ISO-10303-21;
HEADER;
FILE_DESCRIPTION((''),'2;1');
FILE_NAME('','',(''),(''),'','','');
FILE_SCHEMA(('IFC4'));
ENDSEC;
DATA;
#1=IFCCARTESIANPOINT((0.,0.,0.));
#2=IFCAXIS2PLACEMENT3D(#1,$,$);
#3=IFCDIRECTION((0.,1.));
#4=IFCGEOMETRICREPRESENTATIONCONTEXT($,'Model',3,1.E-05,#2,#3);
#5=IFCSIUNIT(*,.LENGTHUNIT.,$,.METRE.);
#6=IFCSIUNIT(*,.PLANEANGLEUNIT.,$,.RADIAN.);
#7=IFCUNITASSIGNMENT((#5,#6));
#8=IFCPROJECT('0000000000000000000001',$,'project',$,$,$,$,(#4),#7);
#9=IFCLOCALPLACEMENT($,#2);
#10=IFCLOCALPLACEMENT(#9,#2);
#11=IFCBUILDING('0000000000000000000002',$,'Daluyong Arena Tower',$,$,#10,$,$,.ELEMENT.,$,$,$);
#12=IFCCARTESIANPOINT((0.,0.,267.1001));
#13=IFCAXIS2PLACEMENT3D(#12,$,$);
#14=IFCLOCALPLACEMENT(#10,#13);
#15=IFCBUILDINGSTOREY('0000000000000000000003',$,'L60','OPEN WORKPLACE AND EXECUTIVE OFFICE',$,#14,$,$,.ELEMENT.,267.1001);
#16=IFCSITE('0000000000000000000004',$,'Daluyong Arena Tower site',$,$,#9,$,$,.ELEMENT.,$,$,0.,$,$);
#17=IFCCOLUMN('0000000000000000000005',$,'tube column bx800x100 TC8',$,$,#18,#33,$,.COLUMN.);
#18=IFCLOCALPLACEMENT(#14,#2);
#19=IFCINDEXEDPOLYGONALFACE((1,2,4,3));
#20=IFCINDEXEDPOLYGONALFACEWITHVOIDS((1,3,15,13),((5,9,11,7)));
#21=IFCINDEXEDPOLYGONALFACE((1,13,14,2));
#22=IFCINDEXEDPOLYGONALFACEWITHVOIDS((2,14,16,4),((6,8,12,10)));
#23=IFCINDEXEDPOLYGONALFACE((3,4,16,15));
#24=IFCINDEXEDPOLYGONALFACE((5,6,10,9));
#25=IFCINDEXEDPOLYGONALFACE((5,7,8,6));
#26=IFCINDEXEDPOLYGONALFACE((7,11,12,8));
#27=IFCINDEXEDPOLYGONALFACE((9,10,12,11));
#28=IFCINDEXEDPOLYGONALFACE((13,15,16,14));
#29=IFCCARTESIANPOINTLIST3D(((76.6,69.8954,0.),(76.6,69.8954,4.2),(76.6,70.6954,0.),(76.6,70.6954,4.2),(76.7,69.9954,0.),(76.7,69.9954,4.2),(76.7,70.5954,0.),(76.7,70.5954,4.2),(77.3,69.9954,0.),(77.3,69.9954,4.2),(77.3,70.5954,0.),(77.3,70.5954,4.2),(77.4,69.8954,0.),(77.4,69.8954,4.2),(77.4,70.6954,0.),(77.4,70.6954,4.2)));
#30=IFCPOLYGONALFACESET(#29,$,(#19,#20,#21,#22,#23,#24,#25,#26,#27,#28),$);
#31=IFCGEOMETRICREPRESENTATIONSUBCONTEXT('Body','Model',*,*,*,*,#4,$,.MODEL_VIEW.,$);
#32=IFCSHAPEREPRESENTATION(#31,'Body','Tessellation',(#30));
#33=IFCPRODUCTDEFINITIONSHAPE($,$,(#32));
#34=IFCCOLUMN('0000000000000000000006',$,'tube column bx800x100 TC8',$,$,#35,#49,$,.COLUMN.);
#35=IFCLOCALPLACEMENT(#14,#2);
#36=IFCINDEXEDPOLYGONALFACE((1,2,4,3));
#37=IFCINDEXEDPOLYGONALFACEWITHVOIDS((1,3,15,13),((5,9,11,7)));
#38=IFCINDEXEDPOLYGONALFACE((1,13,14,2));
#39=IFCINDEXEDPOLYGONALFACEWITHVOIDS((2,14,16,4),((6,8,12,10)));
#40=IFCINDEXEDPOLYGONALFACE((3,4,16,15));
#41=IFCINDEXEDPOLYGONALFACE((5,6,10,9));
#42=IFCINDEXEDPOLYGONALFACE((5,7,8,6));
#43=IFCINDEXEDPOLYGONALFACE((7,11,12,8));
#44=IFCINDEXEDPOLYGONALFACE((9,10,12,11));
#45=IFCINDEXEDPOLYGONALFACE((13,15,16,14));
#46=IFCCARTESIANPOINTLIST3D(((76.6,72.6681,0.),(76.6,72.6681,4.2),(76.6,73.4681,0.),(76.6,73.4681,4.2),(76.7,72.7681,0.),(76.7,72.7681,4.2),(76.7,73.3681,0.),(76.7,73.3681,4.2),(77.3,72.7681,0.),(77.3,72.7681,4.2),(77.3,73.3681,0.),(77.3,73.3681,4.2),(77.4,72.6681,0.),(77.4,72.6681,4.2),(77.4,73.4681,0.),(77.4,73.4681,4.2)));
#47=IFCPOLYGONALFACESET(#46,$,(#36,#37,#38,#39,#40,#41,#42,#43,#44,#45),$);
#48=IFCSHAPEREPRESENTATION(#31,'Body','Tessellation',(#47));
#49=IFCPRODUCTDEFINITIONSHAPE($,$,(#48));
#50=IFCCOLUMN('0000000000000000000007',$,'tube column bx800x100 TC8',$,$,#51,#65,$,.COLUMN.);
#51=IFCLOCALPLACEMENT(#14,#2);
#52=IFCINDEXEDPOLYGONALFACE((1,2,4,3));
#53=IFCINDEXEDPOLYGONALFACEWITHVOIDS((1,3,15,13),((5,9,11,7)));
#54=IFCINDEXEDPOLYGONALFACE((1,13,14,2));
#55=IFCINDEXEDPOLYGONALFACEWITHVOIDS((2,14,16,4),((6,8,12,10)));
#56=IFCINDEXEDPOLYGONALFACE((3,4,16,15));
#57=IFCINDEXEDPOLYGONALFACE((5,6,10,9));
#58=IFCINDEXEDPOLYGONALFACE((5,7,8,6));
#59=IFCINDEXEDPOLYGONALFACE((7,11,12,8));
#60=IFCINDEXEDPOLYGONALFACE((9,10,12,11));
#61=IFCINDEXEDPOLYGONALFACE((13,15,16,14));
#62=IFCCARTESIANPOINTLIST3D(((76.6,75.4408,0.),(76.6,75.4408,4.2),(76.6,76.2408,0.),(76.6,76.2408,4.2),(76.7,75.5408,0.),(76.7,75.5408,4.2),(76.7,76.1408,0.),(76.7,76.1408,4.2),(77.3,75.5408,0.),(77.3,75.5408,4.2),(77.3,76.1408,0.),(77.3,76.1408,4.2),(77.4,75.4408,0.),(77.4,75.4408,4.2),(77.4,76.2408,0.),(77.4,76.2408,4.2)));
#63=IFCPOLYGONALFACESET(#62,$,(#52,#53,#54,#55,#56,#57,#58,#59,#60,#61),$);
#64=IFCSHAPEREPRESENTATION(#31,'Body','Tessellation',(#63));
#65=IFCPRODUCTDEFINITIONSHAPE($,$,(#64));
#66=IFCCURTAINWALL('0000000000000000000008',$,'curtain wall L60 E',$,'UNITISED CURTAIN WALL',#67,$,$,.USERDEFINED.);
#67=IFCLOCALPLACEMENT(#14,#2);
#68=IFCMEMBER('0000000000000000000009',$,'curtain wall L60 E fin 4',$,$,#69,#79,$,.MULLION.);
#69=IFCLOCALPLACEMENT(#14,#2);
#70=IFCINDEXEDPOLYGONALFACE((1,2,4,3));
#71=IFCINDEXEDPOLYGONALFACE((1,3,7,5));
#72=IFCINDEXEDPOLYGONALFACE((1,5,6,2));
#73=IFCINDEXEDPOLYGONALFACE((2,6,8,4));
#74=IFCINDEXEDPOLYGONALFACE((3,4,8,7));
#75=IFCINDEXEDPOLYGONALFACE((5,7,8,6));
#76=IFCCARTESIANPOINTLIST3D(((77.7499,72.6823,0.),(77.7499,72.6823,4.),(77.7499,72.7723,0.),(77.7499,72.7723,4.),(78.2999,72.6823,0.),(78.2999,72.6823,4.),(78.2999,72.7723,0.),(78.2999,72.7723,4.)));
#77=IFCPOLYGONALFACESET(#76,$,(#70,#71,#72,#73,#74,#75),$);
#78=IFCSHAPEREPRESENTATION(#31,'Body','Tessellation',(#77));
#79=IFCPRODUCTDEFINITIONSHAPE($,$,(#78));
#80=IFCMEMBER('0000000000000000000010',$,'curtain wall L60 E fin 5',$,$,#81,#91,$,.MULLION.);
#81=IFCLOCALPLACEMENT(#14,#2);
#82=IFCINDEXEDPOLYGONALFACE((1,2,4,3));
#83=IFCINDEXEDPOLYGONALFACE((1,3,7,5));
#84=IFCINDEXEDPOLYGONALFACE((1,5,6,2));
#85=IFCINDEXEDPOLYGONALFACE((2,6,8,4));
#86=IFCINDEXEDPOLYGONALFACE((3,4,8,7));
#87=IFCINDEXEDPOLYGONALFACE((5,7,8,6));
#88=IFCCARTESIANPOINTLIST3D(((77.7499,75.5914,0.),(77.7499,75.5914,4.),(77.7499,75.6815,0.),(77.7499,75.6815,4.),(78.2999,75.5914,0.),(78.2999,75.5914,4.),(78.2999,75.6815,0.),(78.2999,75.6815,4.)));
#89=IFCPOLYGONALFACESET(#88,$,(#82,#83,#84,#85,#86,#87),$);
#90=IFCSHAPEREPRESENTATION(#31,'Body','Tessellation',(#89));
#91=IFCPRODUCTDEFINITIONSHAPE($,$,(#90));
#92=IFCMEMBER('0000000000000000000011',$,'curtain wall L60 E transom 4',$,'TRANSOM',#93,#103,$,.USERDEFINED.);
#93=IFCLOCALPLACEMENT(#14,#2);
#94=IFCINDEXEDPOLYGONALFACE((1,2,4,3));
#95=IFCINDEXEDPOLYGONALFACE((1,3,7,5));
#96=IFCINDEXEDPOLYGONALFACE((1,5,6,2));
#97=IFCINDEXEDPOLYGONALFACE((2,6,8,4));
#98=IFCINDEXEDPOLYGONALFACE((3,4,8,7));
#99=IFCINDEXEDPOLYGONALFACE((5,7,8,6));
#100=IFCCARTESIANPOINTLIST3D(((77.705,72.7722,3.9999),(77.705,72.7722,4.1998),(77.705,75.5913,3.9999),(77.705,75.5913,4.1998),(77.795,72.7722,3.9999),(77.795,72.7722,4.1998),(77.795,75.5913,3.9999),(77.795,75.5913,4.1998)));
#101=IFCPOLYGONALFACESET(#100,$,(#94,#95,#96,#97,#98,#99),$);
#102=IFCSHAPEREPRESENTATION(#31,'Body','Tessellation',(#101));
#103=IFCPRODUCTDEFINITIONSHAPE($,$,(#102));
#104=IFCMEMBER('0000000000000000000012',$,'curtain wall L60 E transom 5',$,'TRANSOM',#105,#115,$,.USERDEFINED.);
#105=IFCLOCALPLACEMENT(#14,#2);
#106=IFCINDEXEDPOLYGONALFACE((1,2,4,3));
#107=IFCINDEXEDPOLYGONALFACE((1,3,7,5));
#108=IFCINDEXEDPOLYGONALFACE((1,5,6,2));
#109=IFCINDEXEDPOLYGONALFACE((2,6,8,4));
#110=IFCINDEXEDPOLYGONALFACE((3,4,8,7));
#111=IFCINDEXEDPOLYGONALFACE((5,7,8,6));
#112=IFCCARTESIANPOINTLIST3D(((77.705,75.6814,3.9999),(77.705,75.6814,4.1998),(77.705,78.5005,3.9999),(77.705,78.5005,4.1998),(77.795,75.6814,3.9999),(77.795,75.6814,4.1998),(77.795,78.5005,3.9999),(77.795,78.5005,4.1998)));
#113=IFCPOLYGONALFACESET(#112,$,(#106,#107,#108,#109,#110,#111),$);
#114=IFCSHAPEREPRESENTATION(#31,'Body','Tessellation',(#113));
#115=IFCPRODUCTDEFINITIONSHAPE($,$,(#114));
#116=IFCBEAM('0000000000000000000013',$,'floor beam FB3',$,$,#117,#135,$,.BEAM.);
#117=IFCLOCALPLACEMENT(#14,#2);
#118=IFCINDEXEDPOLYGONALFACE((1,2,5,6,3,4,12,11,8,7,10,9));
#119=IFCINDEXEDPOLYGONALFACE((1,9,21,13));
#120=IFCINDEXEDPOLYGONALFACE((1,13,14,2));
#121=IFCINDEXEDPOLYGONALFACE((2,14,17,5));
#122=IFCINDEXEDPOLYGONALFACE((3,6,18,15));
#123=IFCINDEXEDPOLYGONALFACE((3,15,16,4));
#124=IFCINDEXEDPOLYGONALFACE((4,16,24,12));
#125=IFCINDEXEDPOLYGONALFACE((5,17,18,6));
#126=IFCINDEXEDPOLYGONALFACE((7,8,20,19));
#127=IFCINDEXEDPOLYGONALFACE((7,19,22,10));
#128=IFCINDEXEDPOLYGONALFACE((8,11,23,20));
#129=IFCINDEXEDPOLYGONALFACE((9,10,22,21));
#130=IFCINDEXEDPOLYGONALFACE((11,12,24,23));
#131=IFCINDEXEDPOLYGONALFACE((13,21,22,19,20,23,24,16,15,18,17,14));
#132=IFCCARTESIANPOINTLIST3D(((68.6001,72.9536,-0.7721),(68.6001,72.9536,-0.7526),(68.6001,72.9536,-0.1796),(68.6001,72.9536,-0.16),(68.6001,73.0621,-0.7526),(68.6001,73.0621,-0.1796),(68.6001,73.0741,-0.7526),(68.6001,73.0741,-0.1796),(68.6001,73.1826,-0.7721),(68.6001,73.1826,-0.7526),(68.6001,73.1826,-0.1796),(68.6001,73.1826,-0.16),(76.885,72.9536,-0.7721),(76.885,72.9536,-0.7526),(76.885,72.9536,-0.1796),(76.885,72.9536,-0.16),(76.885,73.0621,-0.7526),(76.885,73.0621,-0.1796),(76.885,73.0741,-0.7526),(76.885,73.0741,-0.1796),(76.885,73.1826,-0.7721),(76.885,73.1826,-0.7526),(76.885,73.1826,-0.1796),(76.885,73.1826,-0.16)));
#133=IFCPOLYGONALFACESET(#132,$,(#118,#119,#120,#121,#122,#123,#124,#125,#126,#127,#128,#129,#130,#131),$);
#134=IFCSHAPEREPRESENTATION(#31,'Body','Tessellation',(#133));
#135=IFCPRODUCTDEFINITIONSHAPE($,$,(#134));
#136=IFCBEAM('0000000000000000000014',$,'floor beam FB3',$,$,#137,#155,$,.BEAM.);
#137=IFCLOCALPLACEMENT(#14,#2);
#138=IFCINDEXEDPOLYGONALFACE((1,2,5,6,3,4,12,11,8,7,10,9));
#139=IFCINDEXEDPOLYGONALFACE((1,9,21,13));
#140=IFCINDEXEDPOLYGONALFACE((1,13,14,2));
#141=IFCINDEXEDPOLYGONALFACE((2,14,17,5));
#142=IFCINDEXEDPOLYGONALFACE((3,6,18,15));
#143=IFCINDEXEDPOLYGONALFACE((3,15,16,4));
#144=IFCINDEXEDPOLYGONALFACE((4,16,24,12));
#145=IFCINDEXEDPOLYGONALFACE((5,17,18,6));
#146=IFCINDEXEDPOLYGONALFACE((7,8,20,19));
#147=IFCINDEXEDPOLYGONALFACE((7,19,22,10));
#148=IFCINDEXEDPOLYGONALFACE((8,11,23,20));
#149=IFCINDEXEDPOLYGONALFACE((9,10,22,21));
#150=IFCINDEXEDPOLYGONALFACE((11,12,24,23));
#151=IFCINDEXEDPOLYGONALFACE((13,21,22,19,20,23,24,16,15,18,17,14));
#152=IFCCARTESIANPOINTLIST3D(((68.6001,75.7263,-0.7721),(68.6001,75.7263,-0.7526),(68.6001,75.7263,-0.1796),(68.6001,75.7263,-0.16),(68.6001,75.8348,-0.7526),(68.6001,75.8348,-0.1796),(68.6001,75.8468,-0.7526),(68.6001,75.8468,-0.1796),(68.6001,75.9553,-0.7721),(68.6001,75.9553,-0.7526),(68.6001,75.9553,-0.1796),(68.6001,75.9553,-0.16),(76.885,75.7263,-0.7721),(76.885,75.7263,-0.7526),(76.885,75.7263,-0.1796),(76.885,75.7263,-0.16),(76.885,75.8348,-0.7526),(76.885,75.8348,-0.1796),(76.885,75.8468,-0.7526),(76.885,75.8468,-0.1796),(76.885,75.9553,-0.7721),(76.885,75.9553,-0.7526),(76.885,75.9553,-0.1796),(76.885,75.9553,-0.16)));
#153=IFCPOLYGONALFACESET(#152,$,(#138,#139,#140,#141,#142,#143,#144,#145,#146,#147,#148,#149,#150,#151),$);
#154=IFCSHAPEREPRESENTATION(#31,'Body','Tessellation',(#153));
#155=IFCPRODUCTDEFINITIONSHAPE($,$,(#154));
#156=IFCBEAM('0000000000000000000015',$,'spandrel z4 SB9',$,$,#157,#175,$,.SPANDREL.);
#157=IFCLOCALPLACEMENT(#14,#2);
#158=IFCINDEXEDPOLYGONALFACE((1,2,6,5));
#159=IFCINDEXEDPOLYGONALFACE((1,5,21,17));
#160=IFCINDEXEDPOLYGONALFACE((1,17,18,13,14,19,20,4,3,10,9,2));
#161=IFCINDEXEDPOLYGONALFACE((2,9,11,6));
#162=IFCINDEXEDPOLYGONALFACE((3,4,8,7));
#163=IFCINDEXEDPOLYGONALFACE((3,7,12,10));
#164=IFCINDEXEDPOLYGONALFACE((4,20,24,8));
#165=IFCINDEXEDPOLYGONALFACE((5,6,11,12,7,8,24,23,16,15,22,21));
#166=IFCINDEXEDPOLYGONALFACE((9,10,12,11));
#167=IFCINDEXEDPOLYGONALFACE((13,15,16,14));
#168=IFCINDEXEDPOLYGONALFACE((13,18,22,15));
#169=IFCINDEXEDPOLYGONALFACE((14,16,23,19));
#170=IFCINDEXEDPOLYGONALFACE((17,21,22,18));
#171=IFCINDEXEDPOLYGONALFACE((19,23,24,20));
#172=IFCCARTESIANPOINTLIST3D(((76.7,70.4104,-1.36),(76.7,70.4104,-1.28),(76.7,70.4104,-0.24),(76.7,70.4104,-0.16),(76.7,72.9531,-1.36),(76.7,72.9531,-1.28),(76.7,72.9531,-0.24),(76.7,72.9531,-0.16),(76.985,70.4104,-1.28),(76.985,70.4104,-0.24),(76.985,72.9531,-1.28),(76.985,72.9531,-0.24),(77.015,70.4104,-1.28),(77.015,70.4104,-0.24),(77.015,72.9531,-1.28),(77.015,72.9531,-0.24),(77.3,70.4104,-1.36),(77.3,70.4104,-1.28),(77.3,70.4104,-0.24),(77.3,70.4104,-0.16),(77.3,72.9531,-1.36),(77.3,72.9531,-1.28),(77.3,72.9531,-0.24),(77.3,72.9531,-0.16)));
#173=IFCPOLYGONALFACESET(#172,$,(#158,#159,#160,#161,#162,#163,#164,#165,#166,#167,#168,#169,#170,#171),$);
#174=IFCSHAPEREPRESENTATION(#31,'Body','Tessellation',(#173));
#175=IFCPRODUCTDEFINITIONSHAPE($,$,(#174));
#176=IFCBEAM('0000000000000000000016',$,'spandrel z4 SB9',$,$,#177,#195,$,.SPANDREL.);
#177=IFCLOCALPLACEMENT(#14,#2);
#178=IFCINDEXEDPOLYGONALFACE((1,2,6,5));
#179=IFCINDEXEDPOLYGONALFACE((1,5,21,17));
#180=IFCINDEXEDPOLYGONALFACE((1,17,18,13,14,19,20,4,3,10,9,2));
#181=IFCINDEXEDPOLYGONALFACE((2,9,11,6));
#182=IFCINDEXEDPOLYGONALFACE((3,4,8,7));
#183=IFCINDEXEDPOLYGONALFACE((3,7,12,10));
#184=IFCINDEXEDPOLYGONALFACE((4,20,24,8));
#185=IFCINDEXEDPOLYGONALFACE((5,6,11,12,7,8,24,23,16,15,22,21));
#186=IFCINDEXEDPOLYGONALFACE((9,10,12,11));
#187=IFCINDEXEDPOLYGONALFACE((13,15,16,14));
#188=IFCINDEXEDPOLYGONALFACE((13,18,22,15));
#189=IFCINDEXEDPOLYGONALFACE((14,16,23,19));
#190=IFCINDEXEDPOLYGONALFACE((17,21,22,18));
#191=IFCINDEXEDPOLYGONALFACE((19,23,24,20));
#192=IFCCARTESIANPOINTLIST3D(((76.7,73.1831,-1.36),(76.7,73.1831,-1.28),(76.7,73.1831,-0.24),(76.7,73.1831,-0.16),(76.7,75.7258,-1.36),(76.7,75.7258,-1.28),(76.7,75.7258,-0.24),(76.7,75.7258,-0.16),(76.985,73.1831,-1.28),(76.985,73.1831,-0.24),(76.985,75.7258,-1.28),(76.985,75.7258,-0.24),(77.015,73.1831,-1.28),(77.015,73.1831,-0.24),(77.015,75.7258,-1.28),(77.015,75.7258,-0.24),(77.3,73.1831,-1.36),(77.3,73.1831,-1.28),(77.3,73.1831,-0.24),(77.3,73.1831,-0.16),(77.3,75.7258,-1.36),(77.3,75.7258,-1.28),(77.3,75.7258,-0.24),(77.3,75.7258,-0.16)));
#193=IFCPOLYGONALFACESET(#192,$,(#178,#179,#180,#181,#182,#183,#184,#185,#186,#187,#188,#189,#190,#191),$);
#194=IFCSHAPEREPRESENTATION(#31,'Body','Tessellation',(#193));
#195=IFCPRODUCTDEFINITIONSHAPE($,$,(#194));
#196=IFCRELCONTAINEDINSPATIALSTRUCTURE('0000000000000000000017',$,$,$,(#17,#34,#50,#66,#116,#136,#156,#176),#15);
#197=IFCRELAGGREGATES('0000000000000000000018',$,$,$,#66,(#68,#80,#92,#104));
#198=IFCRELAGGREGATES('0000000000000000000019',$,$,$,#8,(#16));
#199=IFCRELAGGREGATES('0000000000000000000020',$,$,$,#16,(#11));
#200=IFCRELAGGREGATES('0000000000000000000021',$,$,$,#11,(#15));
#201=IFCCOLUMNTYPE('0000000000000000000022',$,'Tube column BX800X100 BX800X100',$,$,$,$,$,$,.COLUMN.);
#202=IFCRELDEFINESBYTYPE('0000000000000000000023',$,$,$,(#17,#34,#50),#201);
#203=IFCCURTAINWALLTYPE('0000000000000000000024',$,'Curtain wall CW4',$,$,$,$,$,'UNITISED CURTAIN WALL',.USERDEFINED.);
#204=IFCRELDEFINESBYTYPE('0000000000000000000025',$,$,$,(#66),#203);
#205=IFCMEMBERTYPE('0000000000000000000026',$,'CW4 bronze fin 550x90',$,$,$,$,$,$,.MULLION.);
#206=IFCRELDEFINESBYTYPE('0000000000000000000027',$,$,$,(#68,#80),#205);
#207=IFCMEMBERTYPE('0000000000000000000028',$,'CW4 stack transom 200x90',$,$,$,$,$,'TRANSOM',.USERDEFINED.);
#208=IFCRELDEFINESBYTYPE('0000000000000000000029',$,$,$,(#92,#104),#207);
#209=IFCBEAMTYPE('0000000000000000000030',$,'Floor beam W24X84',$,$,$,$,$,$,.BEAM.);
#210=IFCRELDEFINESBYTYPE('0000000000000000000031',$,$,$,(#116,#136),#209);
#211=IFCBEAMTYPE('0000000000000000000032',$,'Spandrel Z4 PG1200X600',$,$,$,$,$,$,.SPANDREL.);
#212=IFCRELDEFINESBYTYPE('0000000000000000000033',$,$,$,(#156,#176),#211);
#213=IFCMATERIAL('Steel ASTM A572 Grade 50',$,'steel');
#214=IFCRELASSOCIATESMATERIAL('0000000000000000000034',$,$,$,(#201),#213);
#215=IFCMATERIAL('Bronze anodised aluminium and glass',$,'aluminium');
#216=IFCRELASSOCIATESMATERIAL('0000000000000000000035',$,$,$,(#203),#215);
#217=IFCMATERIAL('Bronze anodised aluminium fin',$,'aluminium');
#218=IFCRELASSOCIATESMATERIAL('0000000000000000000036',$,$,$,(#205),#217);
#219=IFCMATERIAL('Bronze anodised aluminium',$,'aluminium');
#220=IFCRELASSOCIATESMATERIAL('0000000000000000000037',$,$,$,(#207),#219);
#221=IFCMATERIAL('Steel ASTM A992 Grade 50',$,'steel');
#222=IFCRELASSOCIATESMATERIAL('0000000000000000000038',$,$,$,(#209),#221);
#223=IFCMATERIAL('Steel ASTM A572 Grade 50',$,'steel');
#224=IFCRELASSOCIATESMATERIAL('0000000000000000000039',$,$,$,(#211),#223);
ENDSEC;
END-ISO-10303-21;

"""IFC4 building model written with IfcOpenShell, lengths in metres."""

from ifc_helpers import new_model, si_unit, direction, frame, origin, origin_2d, place, context, subcontext, project, spatial, rectangle, hollow_rectangle, i_section, extrude, material, material_profile, profile_set, type_object, element, aggregate, save


model = new_model("IFC4")

# Units and contexts
model_context = context("Model", 3, precision=1e-05, world=origin(), true_north=direction((0.0, 1.0)))
body_context = subcontext(model_context, "Body", "Model", "MODEL_VIEW")
ifc_project = project(units=[si_unit("LENGTHUNIT", "METRE"), si_unit("PLANEANGLEUNIT", "RADIAN")], contexts=[model_context])

# Site, building, storey
site_placement = place(None, origin())
site = spatial("IfcSite", under=ifc_project, at=site_placement, Name="Daluyong Arena Tower site", CompositionType="ELEMENT", RefElevation=0.0)
building_placement = place(site_placement, origin())
building = spatial("IfcBuilding", under=site, at=building_placement, Name="Daluyong Arena Tower", CompositionType="ELEMENT")
storey_placement = place(building_placement, frame((0.0, 0.0, 267.1001)))
storey = spatial("IfcBuildingStorey", under=building, at=storey_placement, Name="L60", Description="OPEN WORKPLACE AND EXECUTIVE OFFICE", CompositionType="ELEMENT", Elevation=267.1001)

# Columns
ifc_material_1 = material(Name="Steel ASTM A572 Grade 50", Category="steel")
ifc_material_profile_1 = material_profile(ifc_material_1, hollow_rectangle(XDim=0.8, YDim=0.8, WallThickness=0.1, at=origin_2d()))
ifc_profile_set_1 = profile_set([ifc_material_profile_1], Name="Steel ASTM A572 Grade 50")
column_type = type_object("IfcColumnType", Name="Tube column BX800X100 BX800X100", PredefinedType="COLUMN", material=ifc_profile_set_1)
for number, where, z_axis, x_axis, name in (
    (1, (77.0, 70.2954, 0.0), (0.0, 0.0, 1.0), (0.0, 1.0, 0.0), "tube column bx800x100 TC8"),
    (2, (77.0, 73.0681, 0.0), (0.0, 0.0, 1.0), (0.0, 1.0, 0.0), "tube column bx800x100 TC8"),
    (3, (77.0, 75.8408, 0.0), (0.0, 0.0, 1.0), (0.0, 1.0, 0.0), "tube column bx800x100 TC8"),
):
    element("IfcColumn", number, at=place(storey_placement, frame(where, z_axis=z_axis, x_axis=x_axis)), inside=storey, type_object=column_type, Name=name, PredefinedType="COLUMN", context=body_context, shape_type="SweptSolid", body=[
        extrude(hollow_rectangle(XDim=0.8, YDim=0.8, WallThickness=0.1, at=origin_2d()), origin(), (0.0, 0.0, 1.0), 4.2),
    ])

# Curtain wall, members
ifc_material_2 = material(Name="Bronze anodised aluminium and glass", Category="aluminium")
curtain_wall_type = type_object("IfcCurtainWallType", Name="Curtain wall CW4", ElementType="UNITISED CURTAIN WALL", PredefinedType="USERDEFINED", material=ifc_material_2)
curtain_wall_placement = place(storey_placement, origin())
curtain_wall = element("IfcCurtainWall", 4, at=curtain_wall_placement, inside=storey, type_object=curtain_wall_type, Name="curtain wall L60 E", ObjectType="UNITISED CURTAIN WALL", PredefinedType="USERDEFINED")
ifc_material_3 = material(Name="Bronze anodised aluminium fin", Category="aluminium")
ifc_material_profile_2 = material_profile(ifc_material_3, rectangle(XDim=0.55, YDim=0.0901, at=origin_2d()))
ifc_profile_set_2 = profile_set([ifc_material_profile_2], Name="Bronze anodised aluminium fin")
member_type_1 = type_object("IfcMemberType", Name="CW4 bronze fin 550x90", PredefinedType="MULLION", material=ifc_profile_set_2)
member_1_placement = place(storey_placement, frame((78.0249, 72.7273, 0.0), z_axis=(0.0, 0.0, 1.0), x_axis=(-1.0, 0.0, 0.0)))
member_1 = element("IfcMember", 5, at=member_1_placement, type_object=member_type_1, Name="curtain wall L60 E fin 4", PredefinedType="MULLION", context=body_context, shape_type="SweptSolid", body=[
    extrude(rectangle(XDim=0.55, YDim=0.0901, at=origin_2d()), origin(), (0.0, 0.0, 1.0), 4.0),
])
member_2_placement = place(storey_placement, frame((78.0249, 75.6365, 0.0), z_axis=(0.0, 0.0, 1.0), x_axis=(-1.0, 0.0, 0.0)))
member_2 = element("IfcMember", 6, at=member_2_placement, type_object=member_type_1, Name="curtain wall L60 E fin 5", PredefinedType="MULLION", context=body_context, shape_type="SweptSolid", body=[
    extrude(rectangle(XDim=0.55, YDim=0.0901, at=origin_2d()), origin(), (0.0, 0.0, 1.0), 4.0),
])
ifc_material_4 = material(Name="Bronze anodised aluminium", Category="aluminium")
ifc_material_profile_3 = material_profile(ifc_material_4, rectangle(XDim=0.0901, YDim=0.2, at=origin_2d()))
ifc_profile_set_3 = profile_set([ifc_material_profile_3], Name="Bronze anodised aluminium")
member_type_2 = type_object("IfcMemberType", Name="CW4 stack transom 200x90", ElementType="TRANSOM", PredefinedType="USERDEFINED", material=ifc_profile_set_3)
member_3_placement = place(storey_placement, frame((77.75, 72.7722, 4.0999), z_axis=(0.0, 1.0, 0.0), x_axis=(-1.0, 0.0, 0.0)))
member_3 = element("IfcMember", 7, at=member_3_placement, type_object=member_type_2, Name="curtain wall L60 E transom 4", ObjectType="TRANSOM", PredefinedType="USERDEFINED", context=body_context, shape_type="SweptSolid", body=[
    extrude(rectangle(XDim=0.0901, YDim=0.2, at=origin_2d()), origin(), (0.0, 0.0, 1.0), 2.8191),
])
member_4_placement = place(storey_placement, frame((77.75, 75.6814, 4.0999), z_axis=(0.0, 1.0, 0.0), x_axis=(-1.0, 0.0, 0.0)))
member_4 = element("IfcMember", 8, at=member_4_placement, type_object=member_type_2, Name="curtain wall L60 E transom 5", ObjectType="TRANSOM", PredefinedType="USERDEFINED", context=body_context, shape_type="SweptSolid", body=[
    extrude(rectangle(XDim=0.0901, YDim=0.2, at=origin_2d()), origin(), (0.0, 0.0, 1.0), 2.8191),
])

# Beams
ifc_material_5 = material(Name="Steel ASTM A992 Grade 50", Category="steel")
ifc_material_profile_4 = material_profile(ifc_material_5, i_section(OverallWidth=0.229, OverallDepth=0.6121, WebThickness=0.012, FlangeThickness=0.0195, at=origin_2d()))
ifc_profile_set_4 = profile_set([ifc_material_profile_4], Name="Steel ASTM A992 Grade 50")
beam_type_1 = type_object("IfcBeamType", Name="Floor beam W24X84", PredefinedType="BEAM", material=ifc_profile_set_4)
for number, where, z_axis, x_axis, name in (
    (9, (76.885, 73.0681, -0.4661), (-1.0, 0.0, 0.0), (0.0, -1.0, 0.0), "floor beam FB3"),
    (10, (76.885, 75.8408, -0.4661), (-1.0, 0.0, 0.0), (0.0, -1.0, 0.0), "floor beam FB3"),
):
    element("IfcBeam", number, at=place(storey_placement, frame(where, z_axis=z_axis, x_axis=x_axis)), inside=storey, type_object=beam_type_1, Name=name, PredefinedType="BEAM", context=body_context, shape_type="SweptSolid", body=[
        extrude(i_section(OverallWidth=0.229, OverallDepth=0.6121, WebThickness=0.012, FlangeThickness=0.0195, at=origin_2d()), origin(), (0.0, 0.0, 1.0), 8.2849),
    ])
ifc_material_6 = material(Name="Steel ASTM A572 Grade 50", Category="steel")
ifc_material_profile_5 = material_profile(ifc_material_6, i_section(OverallWidth=0.6001, OverallDepth=1.2, WebThickness=0.03, FlangeThickness=0.08, at=origin_2d()))
ifc_profile_set_5 = profile_set([ifc_material_profile_5], Name="Steel ASTM A572 Grade 50")
beam_type_2 = type_object("IfcBeamType", Name="Spandrel Z4 PG1200X600", PredefinedType="SPANDREL", material=ifc_profile_set_5)
for number, where, z_axis, x_axis, name in (
    (11, (77.0, 70.4104, -0.76), (0.0, 1.0, 0.0), (-1.0, 0.0, 0.0), "spandrel z4 SB9"),
    (12, (77.0, 73.1831, -0.76), (0.0, 1.0, 0.0), (-1.0, 0.0, 0.0), "spandrel z4 SB9"),
):
    element("IfcBeam", number, at=place(storey_placement, frame(where, z_axis=z_axis, x_axis=x_axis)), inside=storey, type_object=beam_type_2, Name=name, PredefinedType="SPANDREL", context=body_context, shape_type="SweptSolid", body=[
        extrude(i_section(OverallWidth=0.6001, OverallDepth=1.2, WebThickness=0.03, FlangeThickness=0.08, at=origin_2d()), origin(), (0.0, 0.0, 1.0), 2.5427),
    ])

aggregate(curtain_wall, [member_1, member_2, member_3, member_4])

save(model, "model.ifc")
